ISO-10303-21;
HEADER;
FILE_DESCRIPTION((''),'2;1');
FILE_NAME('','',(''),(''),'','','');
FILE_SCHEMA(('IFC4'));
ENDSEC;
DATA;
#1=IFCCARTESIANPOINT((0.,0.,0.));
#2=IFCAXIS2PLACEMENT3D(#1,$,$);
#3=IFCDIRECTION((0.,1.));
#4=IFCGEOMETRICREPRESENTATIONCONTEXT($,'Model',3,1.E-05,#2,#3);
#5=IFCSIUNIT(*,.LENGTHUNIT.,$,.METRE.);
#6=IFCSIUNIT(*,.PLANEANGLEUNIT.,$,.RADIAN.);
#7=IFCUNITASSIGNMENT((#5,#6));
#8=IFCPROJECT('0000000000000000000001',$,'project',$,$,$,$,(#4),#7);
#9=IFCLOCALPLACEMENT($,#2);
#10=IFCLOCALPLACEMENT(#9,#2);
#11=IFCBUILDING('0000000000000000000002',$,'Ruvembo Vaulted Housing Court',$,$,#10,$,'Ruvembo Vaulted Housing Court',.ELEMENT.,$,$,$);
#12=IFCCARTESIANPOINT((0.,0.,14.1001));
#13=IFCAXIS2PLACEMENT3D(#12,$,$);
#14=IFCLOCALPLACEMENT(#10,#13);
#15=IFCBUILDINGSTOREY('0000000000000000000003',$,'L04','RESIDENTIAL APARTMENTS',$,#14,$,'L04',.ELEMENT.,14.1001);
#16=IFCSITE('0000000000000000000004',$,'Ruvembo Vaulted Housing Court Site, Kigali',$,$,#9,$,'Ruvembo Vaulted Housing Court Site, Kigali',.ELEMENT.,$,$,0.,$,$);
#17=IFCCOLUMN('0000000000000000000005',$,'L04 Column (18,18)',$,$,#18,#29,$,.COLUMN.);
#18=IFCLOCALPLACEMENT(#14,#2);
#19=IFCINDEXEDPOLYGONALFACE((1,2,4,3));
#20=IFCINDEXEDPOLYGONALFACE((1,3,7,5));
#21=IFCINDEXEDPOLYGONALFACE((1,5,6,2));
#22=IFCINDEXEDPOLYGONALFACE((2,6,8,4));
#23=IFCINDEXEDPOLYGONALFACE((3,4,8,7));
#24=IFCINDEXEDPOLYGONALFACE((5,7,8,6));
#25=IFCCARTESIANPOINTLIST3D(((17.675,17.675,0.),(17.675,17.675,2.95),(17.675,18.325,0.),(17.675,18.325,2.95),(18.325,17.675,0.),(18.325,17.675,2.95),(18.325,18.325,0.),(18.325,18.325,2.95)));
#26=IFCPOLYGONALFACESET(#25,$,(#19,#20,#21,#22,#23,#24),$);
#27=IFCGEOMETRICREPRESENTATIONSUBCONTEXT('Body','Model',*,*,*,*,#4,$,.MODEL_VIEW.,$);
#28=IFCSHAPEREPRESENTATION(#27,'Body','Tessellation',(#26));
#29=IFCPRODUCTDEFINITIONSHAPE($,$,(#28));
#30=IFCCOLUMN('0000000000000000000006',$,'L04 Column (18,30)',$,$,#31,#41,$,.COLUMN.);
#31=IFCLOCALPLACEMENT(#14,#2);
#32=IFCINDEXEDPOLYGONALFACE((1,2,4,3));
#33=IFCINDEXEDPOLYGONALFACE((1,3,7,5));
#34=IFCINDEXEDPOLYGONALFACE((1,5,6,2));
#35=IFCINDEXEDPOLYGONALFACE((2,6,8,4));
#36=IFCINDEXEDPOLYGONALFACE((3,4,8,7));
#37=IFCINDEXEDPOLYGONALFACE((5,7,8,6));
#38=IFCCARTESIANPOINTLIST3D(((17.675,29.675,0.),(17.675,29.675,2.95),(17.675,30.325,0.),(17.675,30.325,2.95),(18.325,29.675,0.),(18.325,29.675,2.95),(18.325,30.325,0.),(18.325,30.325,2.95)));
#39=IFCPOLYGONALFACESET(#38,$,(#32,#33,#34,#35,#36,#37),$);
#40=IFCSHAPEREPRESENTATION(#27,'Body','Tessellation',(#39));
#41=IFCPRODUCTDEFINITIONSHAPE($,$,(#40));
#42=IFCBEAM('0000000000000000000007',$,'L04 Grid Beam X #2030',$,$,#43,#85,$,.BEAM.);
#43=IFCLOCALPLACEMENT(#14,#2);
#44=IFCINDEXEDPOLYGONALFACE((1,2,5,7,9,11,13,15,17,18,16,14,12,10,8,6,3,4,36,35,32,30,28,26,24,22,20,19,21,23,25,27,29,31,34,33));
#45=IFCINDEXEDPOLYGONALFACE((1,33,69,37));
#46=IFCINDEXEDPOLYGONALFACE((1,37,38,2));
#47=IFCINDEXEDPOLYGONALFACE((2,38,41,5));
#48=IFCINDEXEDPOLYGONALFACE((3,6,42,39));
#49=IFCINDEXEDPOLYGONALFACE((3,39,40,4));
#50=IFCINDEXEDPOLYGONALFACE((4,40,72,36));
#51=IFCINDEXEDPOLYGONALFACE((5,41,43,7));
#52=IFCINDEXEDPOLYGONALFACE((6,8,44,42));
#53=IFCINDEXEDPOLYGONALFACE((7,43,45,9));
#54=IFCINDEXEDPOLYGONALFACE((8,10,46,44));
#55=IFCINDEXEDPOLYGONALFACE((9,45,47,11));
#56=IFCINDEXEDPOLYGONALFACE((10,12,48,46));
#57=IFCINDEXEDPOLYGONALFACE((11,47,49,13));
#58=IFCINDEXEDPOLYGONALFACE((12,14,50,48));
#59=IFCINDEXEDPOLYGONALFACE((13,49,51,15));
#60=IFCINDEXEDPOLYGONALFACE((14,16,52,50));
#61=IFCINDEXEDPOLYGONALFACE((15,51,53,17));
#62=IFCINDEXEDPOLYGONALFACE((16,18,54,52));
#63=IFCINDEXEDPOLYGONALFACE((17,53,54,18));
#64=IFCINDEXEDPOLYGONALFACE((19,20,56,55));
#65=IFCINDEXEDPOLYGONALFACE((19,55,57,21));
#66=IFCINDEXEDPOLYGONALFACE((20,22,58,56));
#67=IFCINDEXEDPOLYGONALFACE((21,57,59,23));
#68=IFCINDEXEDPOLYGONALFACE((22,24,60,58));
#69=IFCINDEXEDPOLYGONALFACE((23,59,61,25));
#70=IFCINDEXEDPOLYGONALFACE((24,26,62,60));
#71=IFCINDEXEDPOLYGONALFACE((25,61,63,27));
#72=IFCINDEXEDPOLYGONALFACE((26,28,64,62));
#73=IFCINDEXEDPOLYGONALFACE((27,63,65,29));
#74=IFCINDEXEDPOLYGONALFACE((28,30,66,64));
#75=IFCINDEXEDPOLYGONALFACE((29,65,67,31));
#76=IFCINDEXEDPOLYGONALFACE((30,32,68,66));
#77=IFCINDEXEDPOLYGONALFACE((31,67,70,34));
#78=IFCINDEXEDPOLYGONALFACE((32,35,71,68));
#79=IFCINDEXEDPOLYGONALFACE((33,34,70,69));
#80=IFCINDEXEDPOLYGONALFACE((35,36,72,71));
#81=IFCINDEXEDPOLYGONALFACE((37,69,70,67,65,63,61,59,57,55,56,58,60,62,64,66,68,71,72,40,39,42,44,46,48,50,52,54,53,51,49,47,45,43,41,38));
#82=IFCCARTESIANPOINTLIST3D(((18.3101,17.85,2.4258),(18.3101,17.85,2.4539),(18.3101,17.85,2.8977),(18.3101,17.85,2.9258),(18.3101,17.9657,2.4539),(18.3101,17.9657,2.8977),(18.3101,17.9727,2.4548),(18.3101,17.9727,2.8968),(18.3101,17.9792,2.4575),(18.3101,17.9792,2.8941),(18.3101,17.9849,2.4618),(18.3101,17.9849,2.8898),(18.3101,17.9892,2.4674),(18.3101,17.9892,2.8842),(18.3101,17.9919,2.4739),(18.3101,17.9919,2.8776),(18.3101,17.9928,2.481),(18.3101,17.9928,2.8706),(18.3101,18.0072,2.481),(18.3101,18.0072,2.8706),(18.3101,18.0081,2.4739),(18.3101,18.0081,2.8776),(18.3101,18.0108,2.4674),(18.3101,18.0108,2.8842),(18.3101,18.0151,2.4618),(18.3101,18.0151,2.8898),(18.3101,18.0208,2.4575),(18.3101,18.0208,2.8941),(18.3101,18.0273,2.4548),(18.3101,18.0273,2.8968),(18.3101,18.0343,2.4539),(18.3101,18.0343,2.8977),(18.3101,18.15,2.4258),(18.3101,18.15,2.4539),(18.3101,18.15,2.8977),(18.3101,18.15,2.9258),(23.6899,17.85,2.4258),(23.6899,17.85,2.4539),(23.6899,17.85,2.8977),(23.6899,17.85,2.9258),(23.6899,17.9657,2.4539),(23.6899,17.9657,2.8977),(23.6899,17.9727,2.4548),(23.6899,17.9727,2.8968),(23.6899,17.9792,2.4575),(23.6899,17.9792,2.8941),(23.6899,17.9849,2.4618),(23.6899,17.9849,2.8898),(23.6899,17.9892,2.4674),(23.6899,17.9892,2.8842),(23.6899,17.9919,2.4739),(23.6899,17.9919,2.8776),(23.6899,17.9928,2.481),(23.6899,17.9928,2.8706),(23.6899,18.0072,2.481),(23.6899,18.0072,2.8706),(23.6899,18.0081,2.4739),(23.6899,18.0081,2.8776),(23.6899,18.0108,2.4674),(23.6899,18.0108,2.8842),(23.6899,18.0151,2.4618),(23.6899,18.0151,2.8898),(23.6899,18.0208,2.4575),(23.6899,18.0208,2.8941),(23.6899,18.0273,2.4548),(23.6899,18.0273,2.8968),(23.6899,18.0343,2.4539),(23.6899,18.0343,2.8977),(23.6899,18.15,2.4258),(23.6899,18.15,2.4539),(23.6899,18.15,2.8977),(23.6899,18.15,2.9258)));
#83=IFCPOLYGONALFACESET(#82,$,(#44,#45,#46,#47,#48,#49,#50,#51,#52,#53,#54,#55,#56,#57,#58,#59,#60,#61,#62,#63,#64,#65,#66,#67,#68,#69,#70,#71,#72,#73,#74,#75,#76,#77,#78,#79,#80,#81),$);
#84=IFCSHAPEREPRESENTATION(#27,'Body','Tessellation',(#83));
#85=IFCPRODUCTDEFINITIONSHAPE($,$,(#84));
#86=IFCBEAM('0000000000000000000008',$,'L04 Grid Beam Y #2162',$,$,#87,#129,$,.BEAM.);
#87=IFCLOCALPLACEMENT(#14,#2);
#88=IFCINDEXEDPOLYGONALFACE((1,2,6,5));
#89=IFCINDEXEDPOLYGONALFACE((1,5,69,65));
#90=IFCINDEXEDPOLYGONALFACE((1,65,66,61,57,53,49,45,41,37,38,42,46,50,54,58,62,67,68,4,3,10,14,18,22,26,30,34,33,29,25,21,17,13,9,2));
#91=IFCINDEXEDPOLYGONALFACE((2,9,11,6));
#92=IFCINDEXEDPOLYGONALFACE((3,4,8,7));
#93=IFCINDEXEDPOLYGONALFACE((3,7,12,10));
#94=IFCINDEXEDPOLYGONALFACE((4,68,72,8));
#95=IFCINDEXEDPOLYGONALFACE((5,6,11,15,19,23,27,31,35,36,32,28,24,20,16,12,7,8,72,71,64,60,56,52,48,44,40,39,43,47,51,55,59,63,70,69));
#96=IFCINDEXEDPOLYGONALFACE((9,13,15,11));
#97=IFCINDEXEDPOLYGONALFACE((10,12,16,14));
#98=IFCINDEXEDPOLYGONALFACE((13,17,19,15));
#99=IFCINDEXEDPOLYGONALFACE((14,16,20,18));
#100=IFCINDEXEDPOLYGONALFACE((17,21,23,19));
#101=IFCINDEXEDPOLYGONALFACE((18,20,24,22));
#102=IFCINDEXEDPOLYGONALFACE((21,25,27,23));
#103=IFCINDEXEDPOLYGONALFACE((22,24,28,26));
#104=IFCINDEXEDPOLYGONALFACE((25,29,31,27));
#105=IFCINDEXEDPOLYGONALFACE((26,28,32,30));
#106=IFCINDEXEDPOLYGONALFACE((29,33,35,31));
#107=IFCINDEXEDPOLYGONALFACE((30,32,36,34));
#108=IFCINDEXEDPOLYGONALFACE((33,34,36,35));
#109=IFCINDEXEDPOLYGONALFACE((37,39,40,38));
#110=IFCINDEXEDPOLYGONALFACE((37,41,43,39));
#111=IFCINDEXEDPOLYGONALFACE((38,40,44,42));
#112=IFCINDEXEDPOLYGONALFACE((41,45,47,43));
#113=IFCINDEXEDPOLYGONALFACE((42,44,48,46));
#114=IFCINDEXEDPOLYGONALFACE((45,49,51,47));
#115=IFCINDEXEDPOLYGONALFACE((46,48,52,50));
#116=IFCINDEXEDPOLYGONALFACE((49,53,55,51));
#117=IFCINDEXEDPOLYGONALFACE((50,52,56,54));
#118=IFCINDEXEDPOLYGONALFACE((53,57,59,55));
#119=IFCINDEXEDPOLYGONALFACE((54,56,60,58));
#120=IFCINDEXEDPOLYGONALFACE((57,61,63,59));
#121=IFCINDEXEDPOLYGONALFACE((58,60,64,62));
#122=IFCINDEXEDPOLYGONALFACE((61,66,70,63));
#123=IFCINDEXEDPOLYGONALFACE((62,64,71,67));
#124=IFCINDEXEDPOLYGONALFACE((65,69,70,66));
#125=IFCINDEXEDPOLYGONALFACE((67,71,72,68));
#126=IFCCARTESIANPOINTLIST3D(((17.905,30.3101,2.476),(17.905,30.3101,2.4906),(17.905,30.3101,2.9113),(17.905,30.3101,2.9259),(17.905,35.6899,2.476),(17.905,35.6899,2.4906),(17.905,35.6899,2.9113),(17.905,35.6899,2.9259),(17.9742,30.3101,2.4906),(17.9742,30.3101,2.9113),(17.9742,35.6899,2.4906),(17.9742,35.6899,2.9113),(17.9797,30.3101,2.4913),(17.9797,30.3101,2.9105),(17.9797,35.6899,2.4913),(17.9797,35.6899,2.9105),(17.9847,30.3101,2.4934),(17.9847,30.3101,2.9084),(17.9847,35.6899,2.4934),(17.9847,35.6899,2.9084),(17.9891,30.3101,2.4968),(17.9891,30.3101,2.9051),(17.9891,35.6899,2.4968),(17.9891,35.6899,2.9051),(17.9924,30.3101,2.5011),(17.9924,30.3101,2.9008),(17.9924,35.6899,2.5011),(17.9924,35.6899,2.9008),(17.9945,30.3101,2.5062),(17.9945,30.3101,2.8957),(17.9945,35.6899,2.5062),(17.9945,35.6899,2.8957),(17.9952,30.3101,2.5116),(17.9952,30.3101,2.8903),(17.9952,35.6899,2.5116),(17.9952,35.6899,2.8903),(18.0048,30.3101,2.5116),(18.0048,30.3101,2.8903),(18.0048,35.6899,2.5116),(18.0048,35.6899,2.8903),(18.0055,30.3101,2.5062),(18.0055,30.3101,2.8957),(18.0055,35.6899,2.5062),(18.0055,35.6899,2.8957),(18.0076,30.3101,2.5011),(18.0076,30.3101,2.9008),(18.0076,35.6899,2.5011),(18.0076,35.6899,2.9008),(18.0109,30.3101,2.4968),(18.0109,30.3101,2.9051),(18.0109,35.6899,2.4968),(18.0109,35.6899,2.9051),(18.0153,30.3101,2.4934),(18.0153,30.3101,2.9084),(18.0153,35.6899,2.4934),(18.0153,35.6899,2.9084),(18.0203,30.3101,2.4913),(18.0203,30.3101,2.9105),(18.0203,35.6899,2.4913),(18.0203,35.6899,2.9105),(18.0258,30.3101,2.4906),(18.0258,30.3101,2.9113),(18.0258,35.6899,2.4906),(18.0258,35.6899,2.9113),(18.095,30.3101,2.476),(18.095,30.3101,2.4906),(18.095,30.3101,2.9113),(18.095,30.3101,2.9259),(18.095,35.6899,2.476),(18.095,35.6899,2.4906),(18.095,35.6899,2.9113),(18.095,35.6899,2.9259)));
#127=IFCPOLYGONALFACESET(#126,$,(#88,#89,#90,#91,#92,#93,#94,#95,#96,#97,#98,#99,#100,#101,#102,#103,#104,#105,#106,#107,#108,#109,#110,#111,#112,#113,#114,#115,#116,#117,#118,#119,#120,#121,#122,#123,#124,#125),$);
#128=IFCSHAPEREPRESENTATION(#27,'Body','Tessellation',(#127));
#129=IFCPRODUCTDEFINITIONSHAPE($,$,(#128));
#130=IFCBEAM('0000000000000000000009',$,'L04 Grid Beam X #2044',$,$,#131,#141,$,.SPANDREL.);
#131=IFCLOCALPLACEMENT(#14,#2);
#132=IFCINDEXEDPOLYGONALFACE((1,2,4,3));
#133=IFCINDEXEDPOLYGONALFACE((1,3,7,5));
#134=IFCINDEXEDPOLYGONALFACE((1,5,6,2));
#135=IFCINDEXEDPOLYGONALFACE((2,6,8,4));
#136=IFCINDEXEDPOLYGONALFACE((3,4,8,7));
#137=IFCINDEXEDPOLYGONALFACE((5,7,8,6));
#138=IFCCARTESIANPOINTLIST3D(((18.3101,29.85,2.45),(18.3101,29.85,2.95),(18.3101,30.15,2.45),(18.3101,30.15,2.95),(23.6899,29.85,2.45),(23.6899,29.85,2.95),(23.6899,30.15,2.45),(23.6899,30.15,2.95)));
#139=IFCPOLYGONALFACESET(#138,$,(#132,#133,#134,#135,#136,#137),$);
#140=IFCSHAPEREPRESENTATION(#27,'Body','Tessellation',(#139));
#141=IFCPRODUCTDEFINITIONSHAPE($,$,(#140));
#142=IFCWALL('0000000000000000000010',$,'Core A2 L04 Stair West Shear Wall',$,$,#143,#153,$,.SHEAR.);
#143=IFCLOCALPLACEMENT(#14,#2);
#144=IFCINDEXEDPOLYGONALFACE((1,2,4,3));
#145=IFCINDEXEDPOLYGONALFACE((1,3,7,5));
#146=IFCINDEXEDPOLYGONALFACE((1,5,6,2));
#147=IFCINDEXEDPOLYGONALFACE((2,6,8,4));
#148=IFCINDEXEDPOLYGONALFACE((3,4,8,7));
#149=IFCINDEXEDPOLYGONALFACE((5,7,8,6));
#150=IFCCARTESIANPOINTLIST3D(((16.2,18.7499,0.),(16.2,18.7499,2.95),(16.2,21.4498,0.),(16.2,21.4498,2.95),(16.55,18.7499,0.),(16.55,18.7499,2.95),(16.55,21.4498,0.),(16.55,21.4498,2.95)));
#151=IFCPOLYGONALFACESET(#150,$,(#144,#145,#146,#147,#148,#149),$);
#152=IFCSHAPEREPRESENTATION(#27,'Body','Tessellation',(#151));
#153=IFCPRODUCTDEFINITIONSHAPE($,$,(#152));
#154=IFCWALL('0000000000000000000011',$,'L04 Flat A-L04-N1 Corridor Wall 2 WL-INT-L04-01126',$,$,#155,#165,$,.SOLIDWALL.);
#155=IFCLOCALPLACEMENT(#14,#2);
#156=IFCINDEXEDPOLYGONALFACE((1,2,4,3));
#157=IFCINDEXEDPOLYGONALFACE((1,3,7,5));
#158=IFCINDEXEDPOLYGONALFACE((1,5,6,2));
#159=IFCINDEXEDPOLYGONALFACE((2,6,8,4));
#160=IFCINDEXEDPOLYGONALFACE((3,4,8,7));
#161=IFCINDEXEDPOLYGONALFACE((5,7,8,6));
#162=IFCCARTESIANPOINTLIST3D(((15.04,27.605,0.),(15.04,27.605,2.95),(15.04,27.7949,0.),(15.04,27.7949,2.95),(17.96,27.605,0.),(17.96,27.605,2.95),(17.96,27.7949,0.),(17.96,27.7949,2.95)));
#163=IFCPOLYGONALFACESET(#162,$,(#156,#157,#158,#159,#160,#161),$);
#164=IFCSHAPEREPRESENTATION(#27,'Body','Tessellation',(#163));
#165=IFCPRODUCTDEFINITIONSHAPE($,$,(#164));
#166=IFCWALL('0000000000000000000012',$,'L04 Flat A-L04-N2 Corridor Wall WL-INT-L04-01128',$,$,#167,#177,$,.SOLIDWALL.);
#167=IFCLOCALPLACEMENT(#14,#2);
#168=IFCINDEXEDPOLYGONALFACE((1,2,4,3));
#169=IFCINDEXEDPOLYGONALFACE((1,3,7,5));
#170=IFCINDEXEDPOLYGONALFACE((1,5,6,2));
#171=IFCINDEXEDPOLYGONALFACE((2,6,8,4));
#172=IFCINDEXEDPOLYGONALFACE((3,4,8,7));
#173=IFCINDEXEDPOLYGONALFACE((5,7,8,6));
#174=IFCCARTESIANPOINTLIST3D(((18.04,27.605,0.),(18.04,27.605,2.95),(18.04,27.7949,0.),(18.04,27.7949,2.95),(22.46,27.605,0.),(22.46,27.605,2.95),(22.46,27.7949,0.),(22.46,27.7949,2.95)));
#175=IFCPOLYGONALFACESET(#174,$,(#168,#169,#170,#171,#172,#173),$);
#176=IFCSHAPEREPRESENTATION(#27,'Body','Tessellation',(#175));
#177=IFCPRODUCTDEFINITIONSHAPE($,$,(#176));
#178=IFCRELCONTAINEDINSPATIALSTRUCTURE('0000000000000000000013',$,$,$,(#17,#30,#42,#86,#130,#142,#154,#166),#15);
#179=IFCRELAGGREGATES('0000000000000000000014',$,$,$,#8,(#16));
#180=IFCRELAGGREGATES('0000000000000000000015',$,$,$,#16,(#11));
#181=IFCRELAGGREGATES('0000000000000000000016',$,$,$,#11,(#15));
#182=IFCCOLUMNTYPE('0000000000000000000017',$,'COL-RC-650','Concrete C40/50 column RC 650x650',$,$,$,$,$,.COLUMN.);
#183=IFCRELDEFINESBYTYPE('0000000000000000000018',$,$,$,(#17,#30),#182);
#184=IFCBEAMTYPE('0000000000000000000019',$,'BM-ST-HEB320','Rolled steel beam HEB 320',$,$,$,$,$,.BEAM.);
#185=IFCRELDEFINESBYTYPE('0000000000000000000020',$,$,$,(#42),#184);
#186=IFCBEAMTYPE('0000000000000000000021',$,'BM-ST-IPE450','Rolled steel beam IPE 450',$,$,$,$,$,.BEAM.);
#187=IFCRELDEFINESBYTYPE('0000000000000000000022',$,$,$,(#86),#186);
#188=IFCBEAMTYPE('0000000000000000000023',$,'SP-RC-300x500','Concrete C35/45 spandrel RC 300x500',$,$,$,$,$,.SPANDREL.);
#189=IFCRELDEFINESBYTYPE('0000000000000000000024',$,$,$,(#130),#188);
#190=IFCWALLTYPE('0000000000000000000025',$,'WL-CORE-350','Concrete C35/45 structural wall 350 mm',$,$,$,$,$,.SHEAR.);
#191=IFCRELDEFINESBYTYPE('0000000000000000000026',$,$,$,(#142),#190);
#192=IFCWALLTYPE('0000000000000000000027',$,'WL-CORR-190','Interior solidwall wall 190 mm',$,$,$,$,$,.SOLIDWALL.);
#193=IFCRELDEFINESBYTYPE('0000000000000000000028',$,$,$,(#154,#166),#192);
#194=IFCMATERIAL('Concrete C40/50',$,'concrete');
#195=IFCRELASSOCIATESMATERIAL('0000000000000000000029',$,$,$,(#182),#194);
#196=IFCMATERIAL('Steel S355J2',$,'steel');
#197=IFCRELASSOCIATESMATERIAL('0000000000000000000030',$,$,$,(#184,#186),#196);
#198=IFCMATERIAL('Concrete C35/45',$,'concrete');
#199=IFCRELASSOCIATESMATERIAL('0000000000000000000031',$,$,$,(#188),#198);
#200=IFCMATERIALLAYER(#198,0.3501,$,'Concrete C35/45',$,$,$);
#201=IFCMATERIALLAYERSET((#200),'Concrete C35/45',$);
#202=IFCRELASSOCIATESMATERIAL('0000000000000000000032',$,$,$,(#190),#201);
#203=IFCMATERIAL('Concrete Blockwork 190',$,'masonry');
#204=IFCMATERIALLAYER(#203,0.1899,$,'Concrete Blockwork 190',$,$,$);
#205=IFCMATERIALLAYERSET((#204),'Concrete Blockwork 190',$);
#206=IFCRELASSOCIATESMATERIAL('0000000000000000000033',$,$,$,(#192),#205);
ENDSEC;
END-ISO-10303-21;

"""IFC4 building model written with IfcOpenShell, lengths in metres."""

from ifc_helpers import new_model, si_unit, direction, frame, frame_2d, origin, origin_2d, place, context, subcontext, project, spatial, rectangle, i_section, extrude, material, layer, layer_set, material_profile, profile_set, type_object, element, save


model = new_model("IFC4")

# Units and contexts
model_context = context("Model", 3, precision=1e-05, world=origin(), true_north=direction((0.0, 1.0)))
body_context = subcontext(model_context, "Body", "Model", "MODEL_VIEW")
ifc_project = project(units=[si_unit("LENGTHUNIT", "METRE"), si_unit("PLANEANGLEUNIT", "RADIAN")], contexts=[model_context])

# Site, building, storey
site_placement = place(None, origin())
site = spatial("IfcSite", under=ifc_project, at=site_placement, Name="Ruvembo Vaulted Housing Court Site, Kigali", LongName="Ruvembo Vaulted Housing Court Site, Kigali", CompositionType="ELEMENT", RefElevation=0.0)
building_placement = place(site_placement, origin())
building = spatial("IfcBuilding", under=site, at=building_placement, Name="Ruvembo Vaulted Housing Court", LongName="Ruvembo Vaulted Housing Court", CompositionType="ELEMENT")
storey_placement = place(building_placement, frame((0.0, 0.0, 14.1001)))
storey = spatial("IfcBuildingStorey", under=building, at=storey_placement, Name="L04", Description="RESIDENTIAL APARTMENTS", LongName="L04", CompositionType="ELEMENT", Elevation=14.1001)

# Columns
ifc_material_1 = material(Name="Concrete C40/50", Category="concrete")
ifc_material_profile_1 = material_profile(ifc_material_1, rectangle(XDim=0.6499, YDim=0.6499, at=origin_2d()), Name="RC 650x650")
ifc_profile_set_1 = profile_set([ifc_material_profile_1], Name="Concrete C40/50")
column_type = type_object("IfcColumnType", Name="COL-RC-650", Description="Concrete C40/50 column RC 650x650", PredefinedType="COLUMN", material=ifc_profile_set_1)
for number, where, z_axis, x_axis, name in (
    (1, (18.0, 18.0, 0.0), (0.0, 0.0, 1.0), (1.0, 0.0, 0.0), "L04 Column (18,18)"),
    (2, (18.0, 30.0, 0.0), (0.0, 0.0, 1.0), (1.0, 0.0, 0.0), "L04 Column (18,30)"),
):
    element("IfcColumn", number, at=place(storey_placement, frame(where, z_axis=z_axis, x_axis=x_axis)), inside=storey, type_object=column_type, Name=name, PredefinedType="COLUMN", context=body_context, shape_type="SweptSolid", body=[
        extrude(rectangle(XDim=0.6499, YDim=0.6499, at=origin_2d()), origin(), (0.0, 0.0, 1.0), 2.95),
    ])

# Beams
ifc_material_2 = material(Name="Steel S355J2", Category="steel")
ifc_material_profile_2 = material_profile(ifc_material_2, i_section(OverallWidth=0.3, OverallDepth=0.5, WebThickness=0.0144, FlangeThickness=0.0281, FilletRadius=0.0271, at=origin_2d()), Name="HEB 320")
ifc_profile_set_2 = profile_set([ifc_material_profile_2], Name="Steel S355J2")
beam_type_1 = type_object("IfcBeamType", Name="BM-ST-HEB320", Description="Rolled steel beam HEB 320", PredefinedType="BEAM", material=ifc_profile_set_2)
beam_1_placement = place(storey_placement, frame((18.3101, 18.0, 2.6758), z_axis=(1.0, 0.0, 0.0), x_axis=(0.0, 1.0, 0.0)))
element("IfcBeam", 3, at=beam_1_placement, inside=storey, type_object=beam_type_1, Name="L04 Grid Beam X #2030", PredefinedType="BEAM", context=body_context, shape_type="SweptSolid", body=[
    extrude(i_section(OverallWidth=0.3, OverallDepth=0.5, WebThickness=0.0144, FlangeThickness=0.0281, FilletRadius=0.0271, at=origin_2d()), origin(), (0.0, 0.0, 1.0), 5.3799),
])
ifc_material_profile_3 = material_profile(ifc_material_2, i_section(OverallWidth=0.1899, OverallDepth=0.45, WebThickness=0.0095, FlangeThickness=0.0146, FilletRadius=0.021, at=origin_2d()), Name="IPE 450")
ifc_profile_set_3 = profile_set([ifc_material_profile_3], Name="Steel S355J2")
beam_type_2 = type_object("IfcBeamType", Name="BM-ST-IPE450", Description="Rolled steel beam IPE 450", PredefinedType="BEAM", material=ifc_profile_set_3)
beam_2_placement = place(storey_placement, frame((18.0, 30.3101, 2.7009), z_axis=(0.0, 1.0, 0.0), x_axis=(-1.0, 0.0, 0.0)))
element("IfcBeam", 4, at=beam_2_placement, inside=storey, type_object=beam_type_2, Name="L04 Grid Beam Y #2162", PredefinedType="BEAM", context=body_context, shape_type="SweptSolid", body=[
    extrude(i_section(OverallWidth=0.1899, OverallDepth=0.45, WebThickness=0.0095, FlangeThickness=0.0146, FilletRadius=0.021, at=origin_2d()), origin(), (0.0, 0.0, 1.0), 5.3799),
])
ifc_material_3 = material(Name="Concrete C35/45", Category="concrete")
ifc_material_profile_4 = material_profile(ifc_material_3, rectangle(XDim=0.3, YDim=0.5, at=origin_2d()), Name="RC 300x500")
ifc_profile_set_4 = profile_set([ifc_material_profile_4], Name="Concrete C35/45")
beam_type_3 = type_object("IfcBeamType", Name="SP-RC-300x500", Description="Concrete C35/45 spandrel RC 300x500", PredefinedType="SPANDREL", material=ifc_profile_set_4)
beam_3_placement = place(storey_placement, frame((18.3101, 30.0, 2.7), z_axis=(1.0, 0.0, 0.0), x_axis=(0.0, 1.0, 0.0)))
element("IfcBeam", 5, at=beam_3_placement, inside=storey, type_object=beam_type_3, Name="L04 Grid Beam X #2044", PredefinedType="SPANDREL", context=body_context, shape_type="SweptSolid", body=[
    extrude(rectangle(XDim=0.3, YDim=0.5, at=origin_2d()), origin(), (0.0, 0.0, 1.0), 5.3799),
])

# Shared definitions
ifc_layer_1 = layer(ifc_material_3, 0.3501, Name="Concrete C35/45")
ifc_layer_set_1 = layer_set([ifc_layer_1], Name="Concrete C35/45")
wall_type_1 = type_object("IfcWallType", Name="WL-CORE-350", Description="Concrete C35/45 structural wall 350 mm", PredefinedType="SHEAR", material=ifc_layer_set_1)

# Walls
wall_1_placement = place(storey_placement, frame((16.375, 21.45, 0.0), z_axis=(0.0, 0.0, 1.0), x_axis=(0.0, -1.0, 0.0)))
element("IfcWall", 6, at=wall_1_placement, inside=storey, type_object=wall_type_1, Name="Core A2 L04 Stair West Shear Wall", PredefinedType="SHEAR", context=body_context, shape_type="SweptSolid", body=[
    extrude(rectangle(XDim=2.7, YDim=0.3501, at=frame_2d((1.3501, 0.0))), origin(), (0.0, 0.0, 1.0), 2.95),
])
ifc_material_4 = material(Name="Concrete Blockwork 190", Category="masonry")
ifc_layer_2 = layer(ifc_material_4, 0.1899, Name="Concrete Blockwork 190")
ifc_layer_set_2 = layer_set([ifc_layer_2], Name="Concrete Blockwork 190")
wall_type_2 = type_object("IfcWallType", Name="WL-CORR-190", Description="Interior solidwall wall 190 mm", PredefinedType="SOLIDWALL", material=ifc_layer_set_2)
wall_2_placement = place(storey_placement, frame((15.04, 27.7, 0.0), z_axis=(0.0, 0.0, 1.0), x_axis=(1.0, 0.0, 0.0)))
element("IfcWall", 7, at=wall_2_placement, inside=storey, type_object=wall_type_2, Name="L04 Flat A-L04-N1 Corridor Wall 2 WL-INT-L04-01126", PredefinedType="SOLIDWALL", context=body_context, shape_type="SweptSolid", body=[
    extrude(rectangle(XDim=2.9199, YDim=0.1899, at=frame_2d((1.46, 0.0))), origin(), (0.0, 0.0, 1.0), 2.95),
])
wall_3_placement = place(storey_placement, frame((18.04, 27.7, 0.0), z_axis=(0.0, 0.0, 1.0), x_axis=(1.0, 0.0, 0.0)))
element("IfcWall", 8, at=wall_3_placement, inside=storey, type_object=wall_type_2, Name="L04 Flat A-L04-N2 Corridor Wall WL-INT-L04-01128", PredefinedType="SOLIDWALL", context=body_context, shape_type="SweptSolid", body=[
    extrude(rectangle(XDim=4.4199, YDim=0.1899, at=frame_2d((2.21, 0.0))), origin(), (0.0, 0.0, 1.0), 2.95),
])

save(model, "model.ifc")
